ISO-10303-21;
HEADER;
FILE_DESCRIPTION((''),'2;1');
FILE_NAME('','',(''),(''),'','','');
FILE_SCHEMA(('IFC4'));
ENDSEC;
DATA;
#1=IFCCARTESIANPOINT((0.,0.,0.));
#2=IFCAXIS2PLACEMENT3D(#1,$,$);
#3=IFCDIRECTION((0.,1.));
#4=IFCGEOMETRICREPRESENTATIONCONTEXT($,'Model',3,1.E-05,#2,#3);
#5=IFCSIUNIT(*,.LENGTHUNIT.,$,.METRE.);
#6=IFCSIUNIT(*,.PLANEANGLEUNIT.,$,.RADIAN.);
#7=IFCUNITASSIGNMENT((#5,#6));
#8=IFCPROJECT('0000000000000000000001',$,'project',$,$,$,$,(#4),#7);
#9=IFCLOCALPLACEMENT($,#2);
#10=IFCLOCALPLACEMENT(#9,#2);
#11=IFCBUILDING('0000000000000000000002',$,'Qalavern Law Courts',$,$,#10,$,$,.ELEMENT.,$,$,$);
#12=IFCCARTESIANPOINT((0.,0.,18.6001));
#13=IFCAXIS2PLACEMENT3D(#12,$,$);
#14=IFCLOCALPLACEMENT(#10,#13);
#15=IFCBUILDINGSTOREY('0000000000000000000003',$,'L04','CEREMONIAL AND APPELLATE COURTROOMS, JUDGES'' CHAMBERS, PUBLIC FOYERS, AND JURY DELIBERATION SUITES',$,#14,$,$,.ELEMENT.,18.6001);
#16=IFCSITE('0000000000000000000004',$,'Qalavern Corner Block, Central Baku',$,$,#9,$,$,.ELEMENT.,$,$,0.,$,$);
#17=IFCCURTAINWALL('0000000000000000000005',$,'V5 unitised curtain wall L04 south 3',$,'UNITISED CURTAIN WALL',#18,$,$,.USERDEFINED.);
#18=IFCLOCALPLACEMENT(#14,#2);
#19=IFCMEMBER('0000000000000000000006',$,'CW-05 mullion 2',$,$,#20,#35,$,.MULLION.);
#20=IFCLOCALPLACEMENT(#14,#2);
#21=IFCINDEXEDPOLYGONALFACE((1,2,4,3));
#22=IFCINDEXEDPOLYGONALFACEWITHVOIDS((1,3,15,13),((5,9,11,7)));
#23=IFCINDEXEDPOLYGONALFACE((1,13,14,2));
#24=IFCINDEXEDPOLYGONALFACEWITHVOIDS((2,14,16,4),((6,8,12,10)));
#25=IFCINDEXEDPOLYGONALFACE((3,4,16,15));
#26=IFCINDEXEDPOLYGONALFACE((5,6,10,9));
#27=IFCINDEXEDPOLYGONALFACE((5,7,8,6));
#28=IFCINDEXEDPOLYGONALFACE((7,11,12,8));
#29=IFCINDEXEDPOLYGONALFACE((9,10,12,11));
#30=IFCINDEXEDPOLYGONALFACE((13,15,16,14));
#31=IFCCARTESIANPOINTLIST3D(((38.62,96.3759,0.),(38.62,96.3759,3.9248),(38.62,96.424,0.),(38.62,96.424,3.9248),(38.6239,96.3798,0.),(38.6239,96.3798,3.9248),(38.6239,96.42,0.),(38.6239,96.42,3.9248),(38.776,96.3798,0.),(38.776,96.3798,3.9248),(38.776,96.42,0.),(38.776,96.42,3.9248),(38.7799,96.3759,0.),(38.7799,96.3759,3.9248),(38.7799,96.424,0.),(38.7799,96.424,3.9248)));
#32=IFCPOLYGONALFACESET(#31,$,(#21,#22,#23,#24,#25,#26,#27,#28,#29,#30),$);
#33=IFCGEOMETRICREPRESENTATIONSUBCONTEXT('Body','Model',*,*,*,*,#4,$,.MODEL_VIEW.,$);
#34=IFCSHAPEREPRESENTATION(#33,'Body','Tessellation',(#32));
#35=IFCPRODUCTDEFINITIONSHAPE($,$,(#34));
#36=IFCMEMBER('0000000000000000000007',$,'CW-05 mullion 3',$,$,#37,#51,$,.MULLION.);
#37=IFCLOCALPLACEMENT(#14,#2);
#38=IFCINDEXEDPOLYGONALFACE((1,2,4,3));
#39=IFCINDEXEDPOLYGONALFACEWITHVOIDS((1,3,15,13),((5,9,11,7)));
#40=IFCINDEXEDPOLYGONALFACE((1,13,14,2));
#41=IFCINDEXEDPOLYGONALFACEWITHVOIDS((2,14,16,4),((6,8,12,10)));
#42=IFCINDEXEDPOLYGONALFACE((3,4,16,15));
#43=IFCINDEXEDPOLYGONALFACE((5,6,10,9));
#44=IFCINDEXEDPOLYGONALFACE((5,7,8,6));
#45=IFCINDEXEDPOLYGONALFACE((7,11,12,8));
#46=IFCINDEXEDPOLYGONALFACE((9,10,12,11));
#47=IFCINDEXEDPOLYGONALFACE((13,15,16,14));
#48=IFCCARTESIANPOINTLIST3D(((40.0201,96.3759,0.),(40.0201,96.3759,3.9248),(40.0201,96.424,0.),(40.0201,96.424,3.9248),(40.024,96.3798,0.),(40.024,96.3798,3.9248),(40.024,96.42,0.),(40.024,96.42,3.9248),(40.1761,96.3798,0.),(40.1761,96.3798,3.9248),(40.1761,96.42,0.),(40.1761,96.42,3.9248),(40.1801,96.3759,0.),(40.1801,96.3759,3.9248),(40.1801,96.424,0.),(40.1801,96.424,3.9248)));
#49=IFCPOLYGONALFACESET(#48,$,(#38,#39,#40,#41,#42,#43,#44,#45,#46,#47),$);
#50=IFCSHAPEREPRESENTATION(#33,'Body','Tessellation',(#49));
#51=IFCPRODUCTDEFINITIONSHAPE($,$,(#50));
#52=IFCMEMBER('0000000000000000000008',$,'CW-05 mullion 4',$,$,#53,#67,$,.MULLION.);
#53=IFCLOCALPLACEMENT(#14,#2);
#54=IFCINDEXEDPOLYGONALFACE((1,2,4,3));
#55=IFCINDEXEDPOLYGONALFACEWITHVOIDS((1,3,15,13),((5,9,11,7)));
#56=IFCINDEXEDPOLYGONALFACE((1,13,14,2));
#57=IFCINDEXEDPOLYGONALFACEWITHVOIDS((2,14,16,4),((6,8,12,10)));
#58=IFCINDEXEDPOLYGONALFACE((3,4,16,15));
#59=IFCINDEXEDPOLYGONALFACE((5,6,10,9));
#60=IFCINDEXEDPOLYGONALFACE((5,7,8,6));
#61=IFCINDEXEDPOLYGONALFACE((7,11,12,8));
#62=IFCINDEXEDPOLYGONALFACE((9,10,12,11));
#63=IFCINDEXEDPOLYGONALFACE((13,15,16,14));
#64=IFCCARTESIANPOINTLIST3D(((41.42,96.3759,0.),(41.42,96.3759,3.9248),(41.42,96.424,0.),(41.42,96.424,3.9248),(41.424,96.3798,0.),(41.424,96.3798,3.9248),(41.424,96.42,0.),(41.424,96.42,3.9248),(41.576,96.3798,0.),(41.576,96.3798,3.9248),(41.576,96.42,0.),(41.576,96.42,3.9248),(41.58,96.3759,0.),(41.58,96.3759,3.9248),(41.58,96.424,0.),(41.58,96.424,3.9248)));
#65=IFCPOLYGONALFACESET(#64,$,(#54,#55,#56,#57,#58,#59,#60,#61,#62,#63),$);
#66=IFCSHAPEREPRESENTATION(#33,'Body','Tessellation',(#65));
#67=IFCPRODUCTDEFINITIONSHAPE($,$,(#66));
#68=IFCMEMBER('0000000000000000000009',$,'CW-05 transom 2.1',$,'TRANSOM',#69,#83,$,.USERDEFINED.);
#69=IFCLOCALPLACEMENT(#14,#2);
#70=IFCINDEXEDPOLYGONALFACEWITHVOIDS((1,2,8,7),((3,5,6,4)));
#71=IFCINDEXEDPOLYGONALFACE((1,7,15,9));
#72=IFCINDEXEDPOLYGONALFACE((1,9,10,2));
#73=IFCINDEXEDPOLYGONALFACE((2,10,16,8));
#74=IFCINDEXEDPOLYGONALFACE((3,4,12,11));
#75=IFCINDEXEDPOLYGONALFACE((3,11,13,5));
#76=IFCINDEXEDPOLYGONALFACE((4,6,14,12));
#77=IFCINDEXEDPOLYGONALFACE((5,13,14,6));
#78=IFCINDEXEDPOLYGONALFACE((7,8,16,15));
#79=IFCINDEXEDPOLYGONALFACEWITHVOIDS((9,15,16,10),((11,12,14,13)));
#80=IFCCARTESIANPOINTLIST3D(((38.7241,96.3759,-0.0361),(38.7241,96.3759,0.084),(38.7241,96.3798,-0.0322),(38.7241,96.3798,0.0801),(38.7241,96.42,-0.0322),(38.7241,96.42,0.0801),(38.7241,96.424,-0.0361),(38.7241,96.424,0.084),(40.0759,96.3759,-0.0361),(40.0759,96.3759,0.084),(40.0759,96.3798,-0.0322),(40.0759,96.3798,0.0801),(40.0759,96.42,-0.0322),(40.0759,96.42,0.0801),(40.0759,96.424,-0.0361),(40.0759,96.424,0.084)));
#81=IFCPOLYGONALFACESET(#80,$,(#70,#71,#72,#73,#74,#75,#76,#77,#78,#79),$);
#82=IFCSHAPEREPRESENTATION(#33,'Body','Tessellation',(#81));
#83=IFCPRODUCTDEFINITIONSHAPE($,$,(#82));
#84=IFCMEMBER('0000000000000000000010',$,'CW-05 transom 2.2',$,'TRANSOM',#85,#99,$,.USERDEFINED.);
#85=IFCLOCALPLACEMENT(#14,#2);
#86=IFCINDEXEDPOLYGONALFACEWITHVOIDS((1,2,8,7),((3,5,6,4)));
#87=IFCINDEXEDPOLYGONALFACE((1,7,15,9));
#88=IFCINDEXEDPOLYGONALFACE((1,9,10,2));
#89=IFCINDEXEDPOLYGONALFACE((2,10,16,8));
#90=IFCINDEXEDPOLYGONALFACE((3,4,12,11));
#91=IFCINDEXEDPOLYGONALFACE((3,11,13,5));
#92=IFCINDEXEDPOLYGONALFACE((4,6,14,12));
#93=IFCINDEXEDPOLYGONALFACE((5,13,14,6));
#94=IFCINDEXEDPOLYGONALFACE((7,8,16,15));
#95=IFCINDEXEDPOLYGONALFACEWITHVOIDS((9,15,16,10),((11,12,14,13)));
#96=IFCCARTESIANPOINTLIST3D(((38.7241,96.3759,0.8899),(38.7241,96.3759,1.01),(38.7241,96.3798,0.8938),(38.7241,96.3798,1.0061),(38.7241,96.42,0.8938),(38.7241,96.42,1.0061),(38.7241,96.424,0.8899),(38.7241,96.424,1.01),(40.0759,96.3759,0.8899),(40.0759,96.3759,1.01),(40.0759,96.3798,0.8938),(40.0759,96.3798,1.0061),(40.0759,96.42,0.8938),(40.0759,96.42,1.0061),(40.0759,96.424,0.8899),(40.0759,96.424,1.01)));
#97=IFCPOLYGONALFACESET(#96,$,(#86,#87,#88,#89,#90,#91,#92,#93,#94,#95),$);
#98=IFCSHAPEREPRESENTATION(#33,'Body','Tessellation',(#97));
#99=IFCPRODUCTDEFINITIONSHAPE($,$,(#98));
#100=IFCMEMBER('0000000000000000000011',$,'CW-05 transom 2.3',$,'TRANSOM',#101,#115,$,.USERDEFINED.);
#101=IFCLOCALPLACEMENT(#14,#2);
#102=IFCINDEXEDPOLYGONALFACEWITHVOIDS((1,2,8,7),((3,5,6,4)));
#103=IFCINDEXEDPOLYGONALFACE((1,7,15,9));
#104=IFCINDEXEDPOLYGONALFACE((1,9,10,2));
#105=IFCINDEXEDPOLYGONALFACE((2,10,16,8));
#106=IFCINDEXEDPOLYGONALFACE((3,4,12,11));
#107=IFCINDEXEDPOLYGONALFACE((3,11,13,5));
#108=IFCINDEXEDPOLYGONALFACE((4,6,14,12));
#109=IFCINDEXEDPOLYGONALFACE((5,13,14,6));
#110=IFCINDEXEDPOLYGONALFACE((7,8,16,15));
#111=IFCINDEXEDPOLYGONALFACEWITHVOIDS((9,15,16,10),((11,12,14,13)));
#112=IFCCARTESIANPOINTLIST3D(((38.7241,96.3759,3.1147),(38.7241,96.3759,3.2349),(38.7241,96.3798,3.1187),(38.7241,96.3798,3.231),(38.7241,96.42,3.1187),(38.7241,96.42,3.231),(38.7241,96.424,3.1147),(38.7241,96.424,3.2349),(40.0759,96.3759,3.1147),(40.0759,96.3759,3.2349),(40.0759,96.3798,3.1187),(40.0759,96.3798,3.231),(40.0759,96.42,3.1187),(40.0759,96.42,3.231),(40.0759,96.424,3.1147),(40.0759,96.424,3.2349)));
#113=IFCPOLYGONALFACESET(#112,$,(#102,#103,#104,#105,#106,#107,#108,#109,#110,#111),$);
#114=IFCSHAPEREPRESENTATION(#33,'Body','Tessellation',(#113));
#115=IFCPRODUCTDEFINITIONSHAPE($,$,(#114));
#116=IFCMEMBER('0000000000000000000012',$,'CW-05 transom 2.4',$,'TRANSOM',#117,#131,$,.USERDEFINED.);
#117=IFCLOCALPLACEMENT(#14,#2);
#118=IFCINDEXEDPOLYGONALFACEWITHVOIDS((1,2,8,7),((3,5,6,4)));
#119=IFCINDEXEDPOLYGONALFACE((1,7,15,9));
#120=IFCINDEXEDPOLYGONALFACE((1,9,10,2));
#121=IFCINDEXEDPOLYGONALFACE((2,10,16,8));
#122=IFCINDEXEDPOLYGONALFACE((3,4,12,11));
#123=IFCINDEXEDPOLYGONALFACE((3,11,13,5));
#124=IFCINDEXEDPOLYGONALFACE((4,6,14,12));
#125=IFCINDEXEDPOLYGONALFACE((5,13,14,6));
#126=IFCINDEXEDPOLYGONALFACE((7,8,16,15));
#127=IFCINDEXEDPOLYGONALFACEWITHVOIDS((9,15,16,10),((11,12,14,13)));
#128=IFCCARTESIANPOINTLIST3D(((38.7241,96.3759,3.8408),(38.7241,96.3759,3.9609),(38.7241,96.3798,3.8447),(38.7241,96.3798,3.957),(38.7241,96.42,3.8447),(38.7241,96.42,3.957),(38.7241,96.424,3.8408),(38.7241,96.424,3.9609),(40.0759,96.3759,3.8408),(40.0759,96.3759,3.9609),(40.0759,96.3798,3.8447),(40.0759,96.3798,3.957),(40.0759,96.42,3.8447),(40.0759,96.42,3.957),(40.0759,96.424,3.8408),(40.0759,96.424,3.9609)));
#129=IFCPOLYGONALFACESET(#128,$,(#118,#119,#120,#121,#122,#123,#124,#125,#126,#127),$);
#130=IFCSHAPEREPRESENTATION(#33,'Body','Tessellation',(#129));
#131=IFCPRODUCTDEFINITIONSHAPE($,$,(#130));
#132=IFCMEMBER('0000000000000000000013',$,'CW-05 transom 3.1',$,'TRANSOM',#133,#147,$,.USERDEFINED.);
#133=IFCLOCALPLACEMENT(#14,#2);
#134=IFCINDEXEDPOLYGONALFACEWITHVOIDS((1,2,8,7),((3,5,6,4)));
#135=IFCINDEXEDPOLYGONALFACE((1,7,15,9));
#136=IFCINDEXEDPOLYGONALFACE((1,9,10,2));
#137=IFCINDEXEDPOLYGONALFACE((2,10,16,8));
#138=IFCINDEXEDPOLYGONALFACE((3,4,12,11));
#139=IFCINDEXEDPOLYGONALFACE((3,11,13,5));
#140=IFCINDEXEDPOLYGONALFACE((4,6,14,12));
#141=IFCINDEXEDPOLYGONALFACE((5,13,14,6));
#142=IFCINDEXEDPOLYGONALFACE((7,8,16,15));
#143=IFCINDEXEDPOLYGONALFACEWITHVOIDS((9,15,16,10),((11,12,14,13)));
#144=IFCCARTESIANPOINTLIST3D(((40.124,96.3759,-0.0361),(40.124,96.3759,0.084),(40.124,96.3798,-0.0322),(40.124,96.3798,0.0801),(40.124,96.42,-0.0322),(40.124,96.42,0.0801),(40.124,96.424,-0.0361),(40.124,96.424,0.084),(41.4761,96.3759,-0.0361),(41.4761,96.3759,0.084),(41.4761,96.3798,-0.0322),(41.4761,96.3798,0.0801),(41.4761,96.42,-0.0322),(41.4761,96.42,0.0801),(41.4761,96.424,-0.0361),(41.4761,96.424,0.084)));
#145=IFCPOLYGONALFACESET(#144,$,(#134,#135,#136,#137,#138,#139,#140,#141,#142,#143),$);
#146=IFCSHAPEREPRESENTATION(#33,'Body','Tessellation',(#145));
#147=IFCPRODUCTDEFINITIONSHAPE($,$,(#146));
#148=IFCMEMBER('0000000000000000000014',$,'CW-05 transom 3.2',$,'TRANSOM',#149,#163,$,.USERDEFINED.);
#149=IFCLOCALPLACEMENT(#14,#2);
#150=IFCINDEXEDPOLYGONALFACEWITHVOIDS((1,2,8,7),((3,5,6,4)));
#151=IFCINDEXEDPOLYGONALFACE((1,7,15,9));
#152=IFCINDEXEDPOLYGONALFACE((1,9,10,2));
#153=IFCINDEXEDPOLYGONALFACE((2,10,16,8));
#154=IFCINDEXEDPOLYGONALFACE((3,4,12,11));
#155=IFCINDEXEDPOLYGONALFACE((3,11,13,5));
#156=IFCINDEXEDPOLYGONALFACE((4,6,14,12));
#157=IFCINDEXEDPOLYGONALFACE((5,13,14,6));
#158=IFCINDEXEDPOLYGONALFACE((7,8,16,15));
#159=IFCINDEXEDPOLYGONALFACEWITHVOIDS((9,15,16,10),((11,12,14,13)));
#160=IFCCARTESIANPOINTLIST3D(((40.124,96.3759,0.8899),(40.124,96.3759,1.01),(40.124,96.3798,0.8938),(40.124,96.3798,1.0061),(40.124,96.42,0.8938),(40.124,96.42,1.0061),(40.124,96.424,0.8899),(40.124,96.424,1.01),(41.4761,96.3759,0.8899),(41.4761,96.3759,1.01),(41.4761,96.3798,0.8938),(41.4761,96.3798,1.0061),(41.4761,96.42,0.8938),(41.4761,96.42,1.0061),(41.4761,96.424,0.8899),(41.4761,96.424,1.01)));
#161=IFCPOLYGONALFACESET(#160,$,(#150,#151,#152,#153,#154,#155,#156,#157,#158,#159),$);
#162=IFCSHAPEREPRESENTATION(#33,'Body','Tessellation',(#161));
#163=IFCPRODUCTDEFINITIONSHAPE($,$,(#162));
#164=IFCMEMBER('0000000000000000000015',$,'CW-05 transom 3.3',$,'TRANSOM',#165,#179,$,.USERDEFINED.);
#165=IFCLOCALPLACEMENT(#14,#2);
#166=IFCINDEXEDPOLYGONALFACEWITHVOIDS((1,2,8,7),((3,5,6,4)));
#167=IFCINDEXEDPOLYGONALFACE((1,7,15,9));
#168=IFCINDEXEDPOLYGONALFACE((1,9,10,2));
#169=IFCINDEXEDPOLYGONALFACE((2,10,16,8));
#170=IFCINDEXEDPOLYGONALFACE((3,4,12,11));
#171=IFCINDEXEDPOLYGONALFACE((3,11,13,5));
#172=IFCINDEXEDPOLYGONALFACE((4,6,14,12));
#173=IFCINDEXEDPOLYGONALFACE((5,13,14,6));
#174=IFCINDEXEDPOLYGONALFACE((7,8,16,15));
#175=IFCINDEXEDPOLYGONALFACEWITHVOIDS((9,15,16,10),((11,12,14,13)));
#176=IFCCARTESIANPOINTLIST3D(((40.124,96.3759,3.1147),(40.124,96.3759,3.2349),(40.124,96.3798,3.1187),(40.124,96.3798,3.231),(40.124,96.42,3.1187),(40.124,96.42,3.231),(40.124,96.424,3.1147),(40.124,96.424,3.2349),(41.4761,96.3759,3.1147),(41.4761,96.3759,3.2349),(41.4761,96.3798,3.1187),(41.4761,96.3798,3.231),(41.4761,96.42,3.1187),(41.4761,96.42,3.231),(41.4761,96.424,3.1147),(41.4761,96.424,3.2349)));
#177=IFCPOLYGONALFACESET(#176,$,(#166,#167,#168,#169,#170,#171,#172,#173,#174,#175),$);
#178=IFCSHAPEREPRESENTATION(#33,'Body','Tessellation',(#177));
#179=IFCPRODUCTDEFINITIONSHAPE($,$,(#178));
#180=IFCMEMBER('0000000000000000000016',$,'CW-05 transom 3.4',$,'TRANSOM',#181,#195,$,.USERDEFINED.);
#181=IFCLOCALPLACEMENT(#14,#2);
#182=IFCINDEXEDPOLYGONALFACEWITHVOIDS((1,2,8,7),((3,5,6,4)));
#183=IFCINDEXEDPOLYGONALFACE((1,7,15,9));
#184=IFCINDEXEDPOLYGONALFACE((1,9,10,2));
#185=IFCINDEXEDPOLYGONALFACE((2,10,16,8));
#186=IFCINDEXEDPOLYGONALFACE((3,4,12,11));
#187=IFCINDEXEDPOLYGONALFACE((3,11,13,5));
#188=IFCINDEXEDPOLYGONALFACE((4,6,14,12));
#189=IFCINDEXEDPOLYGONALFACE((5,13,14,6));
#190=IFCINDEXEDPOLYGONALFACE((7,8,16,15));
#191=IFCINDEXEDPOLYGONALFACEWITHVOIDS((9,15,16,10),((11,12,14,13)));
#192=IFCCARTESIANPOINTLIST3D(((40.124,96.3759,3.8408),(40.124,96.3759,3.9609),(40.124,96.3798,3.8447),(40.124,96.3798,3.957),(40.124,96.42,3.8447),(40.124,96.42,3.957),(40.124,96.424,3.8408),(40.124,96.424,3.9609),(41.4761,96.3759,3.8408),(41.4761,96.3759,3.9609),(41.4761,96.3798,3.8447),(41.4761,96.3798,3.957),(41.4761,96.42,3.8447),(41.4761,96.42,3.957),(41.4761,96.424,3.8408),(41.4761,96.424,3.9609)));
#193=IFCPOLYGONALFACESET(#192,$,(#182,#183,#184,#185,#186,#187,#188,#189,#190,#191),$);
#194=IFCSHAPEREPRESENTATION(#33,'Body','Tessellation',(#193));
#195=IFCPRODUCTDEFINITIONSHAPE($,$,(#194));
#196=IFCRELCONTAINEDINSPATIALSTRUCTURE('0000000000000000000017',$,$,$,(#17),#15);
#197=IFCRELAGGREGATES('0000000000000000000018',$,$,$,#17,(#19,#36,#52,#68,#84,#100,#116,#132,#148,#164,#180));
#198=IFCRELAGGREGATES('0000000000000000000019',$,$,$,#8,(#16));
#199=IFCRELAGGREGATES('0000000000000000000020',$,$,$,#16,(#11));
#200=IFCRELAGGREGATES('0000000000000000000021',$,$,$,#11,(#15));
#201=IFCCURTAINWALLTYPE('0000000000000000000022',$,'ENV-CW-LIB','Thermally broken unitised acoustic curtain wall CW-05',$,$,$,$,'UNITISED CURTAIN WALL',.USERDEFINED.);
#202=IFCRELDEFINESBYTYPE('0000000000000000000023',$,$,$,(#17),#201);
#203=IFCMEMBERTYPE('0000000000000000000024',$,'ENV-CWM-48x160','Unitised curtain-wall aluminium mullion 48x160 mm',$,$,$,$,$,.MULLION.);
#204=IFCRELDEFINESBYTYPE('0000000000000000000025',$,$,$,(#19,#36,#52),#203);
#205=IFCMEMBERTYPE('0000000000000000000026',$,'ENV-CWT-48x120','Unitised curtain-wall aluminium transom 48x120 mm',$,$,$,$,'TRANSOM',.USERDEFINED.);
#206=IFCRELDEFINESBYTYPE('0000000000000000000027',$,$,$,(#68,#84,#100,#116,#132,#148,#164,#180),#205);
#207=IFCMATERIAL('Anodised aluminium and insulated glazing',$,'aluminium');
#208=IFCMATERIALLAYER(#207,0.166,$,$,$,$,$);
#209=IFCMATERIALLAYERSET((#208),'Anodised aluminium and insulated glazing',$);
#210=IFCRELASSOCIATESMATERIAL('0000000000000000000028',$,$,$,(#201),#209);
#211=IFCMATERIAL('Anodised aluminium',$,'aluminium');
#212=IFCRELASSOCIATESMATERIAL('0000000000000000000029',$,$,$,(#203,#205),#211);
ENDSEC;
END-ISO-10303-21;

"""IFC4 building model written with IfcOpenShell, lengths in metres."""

from ifc_helpers import new_model, si_unit, direction, frame, origin, origin_2d, place, context, subcontext, project, spatial, hollow_rectangle, extrude, material, layer, layer_set, material_profile, profile_set, type_object, element, aggregate, save


model = new_model("IFC4")

# Units and contexts
model_context = context("Model", 3, precision=1e-05, world=origin(), true_north=direction((0.0, 1.0)))
body_context = subcontext(model_context, "Body", "Model", "MODEL_VIEW")
ifc_project = project(units=[si_unit("LENGTHUNIT", "METRE"), si_unit("PLANEANGLEUNIT", "RADIAN")], contexts=[model_context])

# Site, building, storey
site_placement = place(None, origin())
site = spatial("IfcSite", under=ifc_project, at=site_placement, Name="Qalavern Corner Block, Central Baku", CompositionType="ELEMENT", RefElevation=0.0)
building_placement = place(site_placement, origin())
building = spatial("IfcBuilding", under=site, at=building_placement, Name="Qalavern Law Courts", CompositionType="ELEMENT")
storey_placement = place(building_placement, frame((0.0, 0.0, 18.6001)))
storey = spatial("IfcBuildingStorey", under=building, at=storey_placement, Name="L04", Description="CEREMONIAL AND APPELLATE COURTROOMS, JUDGES' CHAMBERS, PUBLIC FOYERS, AND JURY DELIBERATION SUITES", CompositionType="ELEMENT", Elevation=18.6001)

# Curtain wall, members
ifc_material_1 = material(Name="Anodised aluminium and insulated glazing", Category="aluminium")
ifc_layer_1 = layer(ifc_material_1, 0.166)
ifc_layer_set_1 = layer_set([ifc_layer_1], Name="Anodised aluminium and insulated glazing")
curtain_wall_type = type_object("IfcCurtainWallType", Name="ENV-CW-LIB", Description="Thermally broken unitised acoustic curtain wall CW-05", ElementType="UNITISED CURTAIN WALL", PredefinedType="USERDEFINED", material=ifc_layer_set_1)
curtain_wall_placement = place(storey_placement, origin())
curtain_wall = element("IfcCurtainWall", 1, at=curtain_wall_placement, inside=storey, type_object=curtain_wall_type, Name="V5 unitised curtain wall L04 south 3", ObjectType="UNITISED CURTAIN WALL", PredefinedType="USERDEFINED")
ifc_material_2 = material(Name="Anodised aluminium", Category="aluminium")
ifc_material_profile_1 = material_profile(ifc_material_2, hollow_rectangle(XDim=0.0481, YDim=0.1599, WallThickness=0.0039, at=origin_2d()), Name="ALU MULLION 48x160")
ifc_profile_set_1 = profile_set([ifc_material_profile_1], Name="Anodised aluminium")
member_type_1 = type_object("IfcMemberType", Name="ENV-CWM-48x160", Description="Unitised curtain-wall aluminium mullion 48x160 mm", PredefinedType="MULLION", material=ifc_profile_set_1)
member_1_placement = place(storey_placement, frame((38.7, 96.3999, 0.0), z_axis=(0.0, 0.0, 1.0), x_axis=(0.0, 1.0, 0.0)))
member_1 = element("IfcMember", 2, at=member_1_placement, type_object=member_type_1, Name="CW-05 mullion 2", PredefinedType="MULLION", context=body_context, shape_type="SweptSolid", body=[
    extrude(hollow_rectangle(XDim=0.0481, YDim=0.1599, WallThickness=0.0039, at=origin_2d()), origin(), (0.0, 0.0, 1.0), 3.9248),
])
member_2_placement = place(storey_placement, frame((40.1001, 96.3999, 0.0), z_axis=(0.0, 0.0, 1.0), x_axis=(0.0, 1.0, 0.0)))
member_2 = element("IfcMember", 3, at=member_2_placement, type_object=member_type_1, Name="CW-05 mullion 3", PredefinedType="MULLION", context=body_context, shape_type="SweptSolid", body=[
    extrude(hollow_rectangle(XDim=0.0481, YDim=0.1599, WallThickness=0.0039, at=origin_2d()), origin(), (0.0, 0.0, 1.0), 3.9248),
])
member_3_placement = place(storey_placement, frame((41.5, 96.3999, 0.0), z_axis=(0.0, 0.0, 1.0), x_axis=(0.0, 1.0, 0.0)))
member_3 = element("IfcMember", 4, at=member_3_placement, type_object=member_type_1, Name="CW-05 mullion 4", PredefinedType="MULLION", context=body_context, shape_type="SweptSolid", body=[
    extrude(hollow_rectangle(XDim=0.0481, YDim=0.1599, WallThickness=0.0039, at=origin_2d()), origin(), (0.0, 0.0, 1.0), 3.9248),
])
ifc_material_profile_2 = material_profile(ifc_material_2, hollow_rectangle(XDim=0.0481, YDim=0.1201, WallThickness=0.0039, at=origin_2d()), Name="ALU TRANSOM 48x120")
ifc_profile_set_2 = profile_set([ifc_material_profile_2], Name="Anodised aluminium")
member_type_2 = type_object("IfcMemberType", Name="ENV-CWT-48x120", Description="Unitised curtain-wall aluminium transom 48x120 mm", ElementType="TRANSOM", PredefinedType="USERDEFINED", material=ifc_profile_set_2)
member_4_placement = place(storey_placement, frame((38.7241, 96.3999, 0.0239), z_axis=(1.0, 0.0, 0.0), x_axis=(0.0, 1.0, 0.0)))
member_4 = element("IfcMember", 5, at=member_4_placement, type_object=member_type_2, Name="CW-05 transom 2.1", ObjectType="TRANSOM", PredefinedType="USERDEFINED", context=body_context, shape_type="SweptSolid", body=[
    extrude(hollow_rectangle(XDim=0.0481, YDim=0.1201, WallThickness=0.0039, at=origin_2d()), origin(), (0.0, 0.0, 1.0), 1.3518),
])
member_5_placement = place(storey_placement, frame((38.7241, 96.3999, 0.95), z_axis=(1.0, 0.0, 0.0), x_axis=(0.0, 1.0, 0.0)))
member_5 = element("IfcMember", 6, at=member_5_placement, type_object=member_type_2, Name="CW-05 transom 2.2", ObjectType="TRANSOM", PredefinedType="USERDEFINED", context=body_context, shape_type="SweptSolid", body=[
    extrude(hollow_rectangle(XDim=0.0481, YDim=0.1201, WallThickness=0.0039, at=origin_2d()), origin(), (0.0, 0.0, 1.0), 1.3518),
])
member_6_placement = place(storey_placement, frame((38.7241, 96.3999, 3.1748), z_axis=(1.0, 0.0, 0.0), x_axis=(0.0, 1.0, 0.0)))
member_6 = element("IfcMember", 7, at=member_6_placement, type_object=member_type_2, Name="CW-05 transom 2.3", ObjectType="TRANSOM", PredefinedType="USERDEFINED", context=body_context, shape_type="SweptSolid", body=[
    extrude(hollow_rectangle(XDim=0.0481, YDim=0.1201, WallThickness=0.0039, at=origin_2d()), origin(), (0.0, 0.0, 1.0), 1.3518),
])
member_7_placement = place(storey_placement, frame((38.7241, 96.3999, 3.9009), z_axis=(1.0, 0.0, 0.0), x_axis=(0.0, 1.0, 0.0)))
member_7 = element("IfcMember", 8, at=member_7_placement, type_object=member_type_2, Name="CW-05 transom 2.4", ObjectType="TRANSOM", PredefinedType="USERDEFINED", context=body_context, shape_type="SweptSolid", body=[
    extrude(hollow_rectangle(XDim=0.0481, YDim=0.1201, WallThickness=0.0039, at=origin_2d()), origin(), (0.0, 0.0, 1.0), 1.3518),
])
member_8_placement = place(storey_placement, frame((40.124, 96.3999, 0.0239), z_axis=(1.0, 0.0, 0.0), x_axis=(0.0, 1.0, 0.0)))
member_8 = element("IfcMember", 9, at=member_8_placement, type_object=member_type_2, Name="CW-05 transom 3.1", ObjectType="TRANSOM", PredefinedType="USERDEFINED", context=body_context, shape_type="SweptSolid", body=[
    extrude(hollow_rectangle(XDim=0.0481, YDim=0.1201, WallThickness=0.0039, at=origin_2d()), origin(), (0.0, 0.0, 1.0), 1.3521),
])
member_9_placement = place(storey_placement, frame((40.124, 96.3999, 0.95), z_axis=(1.0, 0.0, 0.0), x_axis=(0.0, 1.0, 0.0)))
member_9 = element("IfcMember", 10, at=member_9_placement, type_object=member_type_2, Name="CW-05 transom 3.2", ObjectType="TRANSOM", PredefinedType="USERDEFINED", context=body_context, shape_type="SweptSolid", body=[
    extrude(hollow_rectangle(XDim=0.0481, YDim=0.1201, WallThickness=0.0039, at=origin_2d()), origin(), (0.0, 0.0, 1.0), 1.3521),
])
member_10_placement = place(storey_placement, frame((40.124, 96.3999, 3.1748), z_axis=(1.0, 0.0, 0.0), x_axis=(0.0, 1.0, 0.0)))
member_10 = element("IfcMember", 11, at=member_10_placement, type_object=member_type_2, Name="CW-05 transom 3.3", ObjectType="TRANSOM", PredefinedType="USERDEFINED", context=body_context, shape_type="SweptSolid", body=[
    extrude(hollow_rectangle(XDim=0.0481, YDim=0.1201, WallThickness=0.0039, at=origin_2d()), origin(), (0.0, 0.0, 1.0), 1.3521),
])
member_11_placement = place(storey_placement, frame((40.124, 96.3999, 3.9009), z_axis=(1.0, 0.0, 0.0), x_axis=(0.0, 1.0, 0.0)))
member_11 = element("IfcMember", 12, at=member_11_placement, type_object=member_type_2, Name="CW-05 transom 3.4", ObjectType="TRANSOM", PredefinedType="USERDEFINED", context=body_context, shape_type="SweptSolid", body=[
    extrude(hollow_rectangle(XDim=0.0481, YDim=0.1201, WallThickness=0.0039, at=origin_2d()), origin(), (0.0, 0.0, 1.0), 1.3521),
])
aggregate(curtain_wall, [member_1, member_2, member_3, member_4, member_5, member_6, member_7, member_8, member_9, member_10, member_11])

save(model, "model.ifc")
